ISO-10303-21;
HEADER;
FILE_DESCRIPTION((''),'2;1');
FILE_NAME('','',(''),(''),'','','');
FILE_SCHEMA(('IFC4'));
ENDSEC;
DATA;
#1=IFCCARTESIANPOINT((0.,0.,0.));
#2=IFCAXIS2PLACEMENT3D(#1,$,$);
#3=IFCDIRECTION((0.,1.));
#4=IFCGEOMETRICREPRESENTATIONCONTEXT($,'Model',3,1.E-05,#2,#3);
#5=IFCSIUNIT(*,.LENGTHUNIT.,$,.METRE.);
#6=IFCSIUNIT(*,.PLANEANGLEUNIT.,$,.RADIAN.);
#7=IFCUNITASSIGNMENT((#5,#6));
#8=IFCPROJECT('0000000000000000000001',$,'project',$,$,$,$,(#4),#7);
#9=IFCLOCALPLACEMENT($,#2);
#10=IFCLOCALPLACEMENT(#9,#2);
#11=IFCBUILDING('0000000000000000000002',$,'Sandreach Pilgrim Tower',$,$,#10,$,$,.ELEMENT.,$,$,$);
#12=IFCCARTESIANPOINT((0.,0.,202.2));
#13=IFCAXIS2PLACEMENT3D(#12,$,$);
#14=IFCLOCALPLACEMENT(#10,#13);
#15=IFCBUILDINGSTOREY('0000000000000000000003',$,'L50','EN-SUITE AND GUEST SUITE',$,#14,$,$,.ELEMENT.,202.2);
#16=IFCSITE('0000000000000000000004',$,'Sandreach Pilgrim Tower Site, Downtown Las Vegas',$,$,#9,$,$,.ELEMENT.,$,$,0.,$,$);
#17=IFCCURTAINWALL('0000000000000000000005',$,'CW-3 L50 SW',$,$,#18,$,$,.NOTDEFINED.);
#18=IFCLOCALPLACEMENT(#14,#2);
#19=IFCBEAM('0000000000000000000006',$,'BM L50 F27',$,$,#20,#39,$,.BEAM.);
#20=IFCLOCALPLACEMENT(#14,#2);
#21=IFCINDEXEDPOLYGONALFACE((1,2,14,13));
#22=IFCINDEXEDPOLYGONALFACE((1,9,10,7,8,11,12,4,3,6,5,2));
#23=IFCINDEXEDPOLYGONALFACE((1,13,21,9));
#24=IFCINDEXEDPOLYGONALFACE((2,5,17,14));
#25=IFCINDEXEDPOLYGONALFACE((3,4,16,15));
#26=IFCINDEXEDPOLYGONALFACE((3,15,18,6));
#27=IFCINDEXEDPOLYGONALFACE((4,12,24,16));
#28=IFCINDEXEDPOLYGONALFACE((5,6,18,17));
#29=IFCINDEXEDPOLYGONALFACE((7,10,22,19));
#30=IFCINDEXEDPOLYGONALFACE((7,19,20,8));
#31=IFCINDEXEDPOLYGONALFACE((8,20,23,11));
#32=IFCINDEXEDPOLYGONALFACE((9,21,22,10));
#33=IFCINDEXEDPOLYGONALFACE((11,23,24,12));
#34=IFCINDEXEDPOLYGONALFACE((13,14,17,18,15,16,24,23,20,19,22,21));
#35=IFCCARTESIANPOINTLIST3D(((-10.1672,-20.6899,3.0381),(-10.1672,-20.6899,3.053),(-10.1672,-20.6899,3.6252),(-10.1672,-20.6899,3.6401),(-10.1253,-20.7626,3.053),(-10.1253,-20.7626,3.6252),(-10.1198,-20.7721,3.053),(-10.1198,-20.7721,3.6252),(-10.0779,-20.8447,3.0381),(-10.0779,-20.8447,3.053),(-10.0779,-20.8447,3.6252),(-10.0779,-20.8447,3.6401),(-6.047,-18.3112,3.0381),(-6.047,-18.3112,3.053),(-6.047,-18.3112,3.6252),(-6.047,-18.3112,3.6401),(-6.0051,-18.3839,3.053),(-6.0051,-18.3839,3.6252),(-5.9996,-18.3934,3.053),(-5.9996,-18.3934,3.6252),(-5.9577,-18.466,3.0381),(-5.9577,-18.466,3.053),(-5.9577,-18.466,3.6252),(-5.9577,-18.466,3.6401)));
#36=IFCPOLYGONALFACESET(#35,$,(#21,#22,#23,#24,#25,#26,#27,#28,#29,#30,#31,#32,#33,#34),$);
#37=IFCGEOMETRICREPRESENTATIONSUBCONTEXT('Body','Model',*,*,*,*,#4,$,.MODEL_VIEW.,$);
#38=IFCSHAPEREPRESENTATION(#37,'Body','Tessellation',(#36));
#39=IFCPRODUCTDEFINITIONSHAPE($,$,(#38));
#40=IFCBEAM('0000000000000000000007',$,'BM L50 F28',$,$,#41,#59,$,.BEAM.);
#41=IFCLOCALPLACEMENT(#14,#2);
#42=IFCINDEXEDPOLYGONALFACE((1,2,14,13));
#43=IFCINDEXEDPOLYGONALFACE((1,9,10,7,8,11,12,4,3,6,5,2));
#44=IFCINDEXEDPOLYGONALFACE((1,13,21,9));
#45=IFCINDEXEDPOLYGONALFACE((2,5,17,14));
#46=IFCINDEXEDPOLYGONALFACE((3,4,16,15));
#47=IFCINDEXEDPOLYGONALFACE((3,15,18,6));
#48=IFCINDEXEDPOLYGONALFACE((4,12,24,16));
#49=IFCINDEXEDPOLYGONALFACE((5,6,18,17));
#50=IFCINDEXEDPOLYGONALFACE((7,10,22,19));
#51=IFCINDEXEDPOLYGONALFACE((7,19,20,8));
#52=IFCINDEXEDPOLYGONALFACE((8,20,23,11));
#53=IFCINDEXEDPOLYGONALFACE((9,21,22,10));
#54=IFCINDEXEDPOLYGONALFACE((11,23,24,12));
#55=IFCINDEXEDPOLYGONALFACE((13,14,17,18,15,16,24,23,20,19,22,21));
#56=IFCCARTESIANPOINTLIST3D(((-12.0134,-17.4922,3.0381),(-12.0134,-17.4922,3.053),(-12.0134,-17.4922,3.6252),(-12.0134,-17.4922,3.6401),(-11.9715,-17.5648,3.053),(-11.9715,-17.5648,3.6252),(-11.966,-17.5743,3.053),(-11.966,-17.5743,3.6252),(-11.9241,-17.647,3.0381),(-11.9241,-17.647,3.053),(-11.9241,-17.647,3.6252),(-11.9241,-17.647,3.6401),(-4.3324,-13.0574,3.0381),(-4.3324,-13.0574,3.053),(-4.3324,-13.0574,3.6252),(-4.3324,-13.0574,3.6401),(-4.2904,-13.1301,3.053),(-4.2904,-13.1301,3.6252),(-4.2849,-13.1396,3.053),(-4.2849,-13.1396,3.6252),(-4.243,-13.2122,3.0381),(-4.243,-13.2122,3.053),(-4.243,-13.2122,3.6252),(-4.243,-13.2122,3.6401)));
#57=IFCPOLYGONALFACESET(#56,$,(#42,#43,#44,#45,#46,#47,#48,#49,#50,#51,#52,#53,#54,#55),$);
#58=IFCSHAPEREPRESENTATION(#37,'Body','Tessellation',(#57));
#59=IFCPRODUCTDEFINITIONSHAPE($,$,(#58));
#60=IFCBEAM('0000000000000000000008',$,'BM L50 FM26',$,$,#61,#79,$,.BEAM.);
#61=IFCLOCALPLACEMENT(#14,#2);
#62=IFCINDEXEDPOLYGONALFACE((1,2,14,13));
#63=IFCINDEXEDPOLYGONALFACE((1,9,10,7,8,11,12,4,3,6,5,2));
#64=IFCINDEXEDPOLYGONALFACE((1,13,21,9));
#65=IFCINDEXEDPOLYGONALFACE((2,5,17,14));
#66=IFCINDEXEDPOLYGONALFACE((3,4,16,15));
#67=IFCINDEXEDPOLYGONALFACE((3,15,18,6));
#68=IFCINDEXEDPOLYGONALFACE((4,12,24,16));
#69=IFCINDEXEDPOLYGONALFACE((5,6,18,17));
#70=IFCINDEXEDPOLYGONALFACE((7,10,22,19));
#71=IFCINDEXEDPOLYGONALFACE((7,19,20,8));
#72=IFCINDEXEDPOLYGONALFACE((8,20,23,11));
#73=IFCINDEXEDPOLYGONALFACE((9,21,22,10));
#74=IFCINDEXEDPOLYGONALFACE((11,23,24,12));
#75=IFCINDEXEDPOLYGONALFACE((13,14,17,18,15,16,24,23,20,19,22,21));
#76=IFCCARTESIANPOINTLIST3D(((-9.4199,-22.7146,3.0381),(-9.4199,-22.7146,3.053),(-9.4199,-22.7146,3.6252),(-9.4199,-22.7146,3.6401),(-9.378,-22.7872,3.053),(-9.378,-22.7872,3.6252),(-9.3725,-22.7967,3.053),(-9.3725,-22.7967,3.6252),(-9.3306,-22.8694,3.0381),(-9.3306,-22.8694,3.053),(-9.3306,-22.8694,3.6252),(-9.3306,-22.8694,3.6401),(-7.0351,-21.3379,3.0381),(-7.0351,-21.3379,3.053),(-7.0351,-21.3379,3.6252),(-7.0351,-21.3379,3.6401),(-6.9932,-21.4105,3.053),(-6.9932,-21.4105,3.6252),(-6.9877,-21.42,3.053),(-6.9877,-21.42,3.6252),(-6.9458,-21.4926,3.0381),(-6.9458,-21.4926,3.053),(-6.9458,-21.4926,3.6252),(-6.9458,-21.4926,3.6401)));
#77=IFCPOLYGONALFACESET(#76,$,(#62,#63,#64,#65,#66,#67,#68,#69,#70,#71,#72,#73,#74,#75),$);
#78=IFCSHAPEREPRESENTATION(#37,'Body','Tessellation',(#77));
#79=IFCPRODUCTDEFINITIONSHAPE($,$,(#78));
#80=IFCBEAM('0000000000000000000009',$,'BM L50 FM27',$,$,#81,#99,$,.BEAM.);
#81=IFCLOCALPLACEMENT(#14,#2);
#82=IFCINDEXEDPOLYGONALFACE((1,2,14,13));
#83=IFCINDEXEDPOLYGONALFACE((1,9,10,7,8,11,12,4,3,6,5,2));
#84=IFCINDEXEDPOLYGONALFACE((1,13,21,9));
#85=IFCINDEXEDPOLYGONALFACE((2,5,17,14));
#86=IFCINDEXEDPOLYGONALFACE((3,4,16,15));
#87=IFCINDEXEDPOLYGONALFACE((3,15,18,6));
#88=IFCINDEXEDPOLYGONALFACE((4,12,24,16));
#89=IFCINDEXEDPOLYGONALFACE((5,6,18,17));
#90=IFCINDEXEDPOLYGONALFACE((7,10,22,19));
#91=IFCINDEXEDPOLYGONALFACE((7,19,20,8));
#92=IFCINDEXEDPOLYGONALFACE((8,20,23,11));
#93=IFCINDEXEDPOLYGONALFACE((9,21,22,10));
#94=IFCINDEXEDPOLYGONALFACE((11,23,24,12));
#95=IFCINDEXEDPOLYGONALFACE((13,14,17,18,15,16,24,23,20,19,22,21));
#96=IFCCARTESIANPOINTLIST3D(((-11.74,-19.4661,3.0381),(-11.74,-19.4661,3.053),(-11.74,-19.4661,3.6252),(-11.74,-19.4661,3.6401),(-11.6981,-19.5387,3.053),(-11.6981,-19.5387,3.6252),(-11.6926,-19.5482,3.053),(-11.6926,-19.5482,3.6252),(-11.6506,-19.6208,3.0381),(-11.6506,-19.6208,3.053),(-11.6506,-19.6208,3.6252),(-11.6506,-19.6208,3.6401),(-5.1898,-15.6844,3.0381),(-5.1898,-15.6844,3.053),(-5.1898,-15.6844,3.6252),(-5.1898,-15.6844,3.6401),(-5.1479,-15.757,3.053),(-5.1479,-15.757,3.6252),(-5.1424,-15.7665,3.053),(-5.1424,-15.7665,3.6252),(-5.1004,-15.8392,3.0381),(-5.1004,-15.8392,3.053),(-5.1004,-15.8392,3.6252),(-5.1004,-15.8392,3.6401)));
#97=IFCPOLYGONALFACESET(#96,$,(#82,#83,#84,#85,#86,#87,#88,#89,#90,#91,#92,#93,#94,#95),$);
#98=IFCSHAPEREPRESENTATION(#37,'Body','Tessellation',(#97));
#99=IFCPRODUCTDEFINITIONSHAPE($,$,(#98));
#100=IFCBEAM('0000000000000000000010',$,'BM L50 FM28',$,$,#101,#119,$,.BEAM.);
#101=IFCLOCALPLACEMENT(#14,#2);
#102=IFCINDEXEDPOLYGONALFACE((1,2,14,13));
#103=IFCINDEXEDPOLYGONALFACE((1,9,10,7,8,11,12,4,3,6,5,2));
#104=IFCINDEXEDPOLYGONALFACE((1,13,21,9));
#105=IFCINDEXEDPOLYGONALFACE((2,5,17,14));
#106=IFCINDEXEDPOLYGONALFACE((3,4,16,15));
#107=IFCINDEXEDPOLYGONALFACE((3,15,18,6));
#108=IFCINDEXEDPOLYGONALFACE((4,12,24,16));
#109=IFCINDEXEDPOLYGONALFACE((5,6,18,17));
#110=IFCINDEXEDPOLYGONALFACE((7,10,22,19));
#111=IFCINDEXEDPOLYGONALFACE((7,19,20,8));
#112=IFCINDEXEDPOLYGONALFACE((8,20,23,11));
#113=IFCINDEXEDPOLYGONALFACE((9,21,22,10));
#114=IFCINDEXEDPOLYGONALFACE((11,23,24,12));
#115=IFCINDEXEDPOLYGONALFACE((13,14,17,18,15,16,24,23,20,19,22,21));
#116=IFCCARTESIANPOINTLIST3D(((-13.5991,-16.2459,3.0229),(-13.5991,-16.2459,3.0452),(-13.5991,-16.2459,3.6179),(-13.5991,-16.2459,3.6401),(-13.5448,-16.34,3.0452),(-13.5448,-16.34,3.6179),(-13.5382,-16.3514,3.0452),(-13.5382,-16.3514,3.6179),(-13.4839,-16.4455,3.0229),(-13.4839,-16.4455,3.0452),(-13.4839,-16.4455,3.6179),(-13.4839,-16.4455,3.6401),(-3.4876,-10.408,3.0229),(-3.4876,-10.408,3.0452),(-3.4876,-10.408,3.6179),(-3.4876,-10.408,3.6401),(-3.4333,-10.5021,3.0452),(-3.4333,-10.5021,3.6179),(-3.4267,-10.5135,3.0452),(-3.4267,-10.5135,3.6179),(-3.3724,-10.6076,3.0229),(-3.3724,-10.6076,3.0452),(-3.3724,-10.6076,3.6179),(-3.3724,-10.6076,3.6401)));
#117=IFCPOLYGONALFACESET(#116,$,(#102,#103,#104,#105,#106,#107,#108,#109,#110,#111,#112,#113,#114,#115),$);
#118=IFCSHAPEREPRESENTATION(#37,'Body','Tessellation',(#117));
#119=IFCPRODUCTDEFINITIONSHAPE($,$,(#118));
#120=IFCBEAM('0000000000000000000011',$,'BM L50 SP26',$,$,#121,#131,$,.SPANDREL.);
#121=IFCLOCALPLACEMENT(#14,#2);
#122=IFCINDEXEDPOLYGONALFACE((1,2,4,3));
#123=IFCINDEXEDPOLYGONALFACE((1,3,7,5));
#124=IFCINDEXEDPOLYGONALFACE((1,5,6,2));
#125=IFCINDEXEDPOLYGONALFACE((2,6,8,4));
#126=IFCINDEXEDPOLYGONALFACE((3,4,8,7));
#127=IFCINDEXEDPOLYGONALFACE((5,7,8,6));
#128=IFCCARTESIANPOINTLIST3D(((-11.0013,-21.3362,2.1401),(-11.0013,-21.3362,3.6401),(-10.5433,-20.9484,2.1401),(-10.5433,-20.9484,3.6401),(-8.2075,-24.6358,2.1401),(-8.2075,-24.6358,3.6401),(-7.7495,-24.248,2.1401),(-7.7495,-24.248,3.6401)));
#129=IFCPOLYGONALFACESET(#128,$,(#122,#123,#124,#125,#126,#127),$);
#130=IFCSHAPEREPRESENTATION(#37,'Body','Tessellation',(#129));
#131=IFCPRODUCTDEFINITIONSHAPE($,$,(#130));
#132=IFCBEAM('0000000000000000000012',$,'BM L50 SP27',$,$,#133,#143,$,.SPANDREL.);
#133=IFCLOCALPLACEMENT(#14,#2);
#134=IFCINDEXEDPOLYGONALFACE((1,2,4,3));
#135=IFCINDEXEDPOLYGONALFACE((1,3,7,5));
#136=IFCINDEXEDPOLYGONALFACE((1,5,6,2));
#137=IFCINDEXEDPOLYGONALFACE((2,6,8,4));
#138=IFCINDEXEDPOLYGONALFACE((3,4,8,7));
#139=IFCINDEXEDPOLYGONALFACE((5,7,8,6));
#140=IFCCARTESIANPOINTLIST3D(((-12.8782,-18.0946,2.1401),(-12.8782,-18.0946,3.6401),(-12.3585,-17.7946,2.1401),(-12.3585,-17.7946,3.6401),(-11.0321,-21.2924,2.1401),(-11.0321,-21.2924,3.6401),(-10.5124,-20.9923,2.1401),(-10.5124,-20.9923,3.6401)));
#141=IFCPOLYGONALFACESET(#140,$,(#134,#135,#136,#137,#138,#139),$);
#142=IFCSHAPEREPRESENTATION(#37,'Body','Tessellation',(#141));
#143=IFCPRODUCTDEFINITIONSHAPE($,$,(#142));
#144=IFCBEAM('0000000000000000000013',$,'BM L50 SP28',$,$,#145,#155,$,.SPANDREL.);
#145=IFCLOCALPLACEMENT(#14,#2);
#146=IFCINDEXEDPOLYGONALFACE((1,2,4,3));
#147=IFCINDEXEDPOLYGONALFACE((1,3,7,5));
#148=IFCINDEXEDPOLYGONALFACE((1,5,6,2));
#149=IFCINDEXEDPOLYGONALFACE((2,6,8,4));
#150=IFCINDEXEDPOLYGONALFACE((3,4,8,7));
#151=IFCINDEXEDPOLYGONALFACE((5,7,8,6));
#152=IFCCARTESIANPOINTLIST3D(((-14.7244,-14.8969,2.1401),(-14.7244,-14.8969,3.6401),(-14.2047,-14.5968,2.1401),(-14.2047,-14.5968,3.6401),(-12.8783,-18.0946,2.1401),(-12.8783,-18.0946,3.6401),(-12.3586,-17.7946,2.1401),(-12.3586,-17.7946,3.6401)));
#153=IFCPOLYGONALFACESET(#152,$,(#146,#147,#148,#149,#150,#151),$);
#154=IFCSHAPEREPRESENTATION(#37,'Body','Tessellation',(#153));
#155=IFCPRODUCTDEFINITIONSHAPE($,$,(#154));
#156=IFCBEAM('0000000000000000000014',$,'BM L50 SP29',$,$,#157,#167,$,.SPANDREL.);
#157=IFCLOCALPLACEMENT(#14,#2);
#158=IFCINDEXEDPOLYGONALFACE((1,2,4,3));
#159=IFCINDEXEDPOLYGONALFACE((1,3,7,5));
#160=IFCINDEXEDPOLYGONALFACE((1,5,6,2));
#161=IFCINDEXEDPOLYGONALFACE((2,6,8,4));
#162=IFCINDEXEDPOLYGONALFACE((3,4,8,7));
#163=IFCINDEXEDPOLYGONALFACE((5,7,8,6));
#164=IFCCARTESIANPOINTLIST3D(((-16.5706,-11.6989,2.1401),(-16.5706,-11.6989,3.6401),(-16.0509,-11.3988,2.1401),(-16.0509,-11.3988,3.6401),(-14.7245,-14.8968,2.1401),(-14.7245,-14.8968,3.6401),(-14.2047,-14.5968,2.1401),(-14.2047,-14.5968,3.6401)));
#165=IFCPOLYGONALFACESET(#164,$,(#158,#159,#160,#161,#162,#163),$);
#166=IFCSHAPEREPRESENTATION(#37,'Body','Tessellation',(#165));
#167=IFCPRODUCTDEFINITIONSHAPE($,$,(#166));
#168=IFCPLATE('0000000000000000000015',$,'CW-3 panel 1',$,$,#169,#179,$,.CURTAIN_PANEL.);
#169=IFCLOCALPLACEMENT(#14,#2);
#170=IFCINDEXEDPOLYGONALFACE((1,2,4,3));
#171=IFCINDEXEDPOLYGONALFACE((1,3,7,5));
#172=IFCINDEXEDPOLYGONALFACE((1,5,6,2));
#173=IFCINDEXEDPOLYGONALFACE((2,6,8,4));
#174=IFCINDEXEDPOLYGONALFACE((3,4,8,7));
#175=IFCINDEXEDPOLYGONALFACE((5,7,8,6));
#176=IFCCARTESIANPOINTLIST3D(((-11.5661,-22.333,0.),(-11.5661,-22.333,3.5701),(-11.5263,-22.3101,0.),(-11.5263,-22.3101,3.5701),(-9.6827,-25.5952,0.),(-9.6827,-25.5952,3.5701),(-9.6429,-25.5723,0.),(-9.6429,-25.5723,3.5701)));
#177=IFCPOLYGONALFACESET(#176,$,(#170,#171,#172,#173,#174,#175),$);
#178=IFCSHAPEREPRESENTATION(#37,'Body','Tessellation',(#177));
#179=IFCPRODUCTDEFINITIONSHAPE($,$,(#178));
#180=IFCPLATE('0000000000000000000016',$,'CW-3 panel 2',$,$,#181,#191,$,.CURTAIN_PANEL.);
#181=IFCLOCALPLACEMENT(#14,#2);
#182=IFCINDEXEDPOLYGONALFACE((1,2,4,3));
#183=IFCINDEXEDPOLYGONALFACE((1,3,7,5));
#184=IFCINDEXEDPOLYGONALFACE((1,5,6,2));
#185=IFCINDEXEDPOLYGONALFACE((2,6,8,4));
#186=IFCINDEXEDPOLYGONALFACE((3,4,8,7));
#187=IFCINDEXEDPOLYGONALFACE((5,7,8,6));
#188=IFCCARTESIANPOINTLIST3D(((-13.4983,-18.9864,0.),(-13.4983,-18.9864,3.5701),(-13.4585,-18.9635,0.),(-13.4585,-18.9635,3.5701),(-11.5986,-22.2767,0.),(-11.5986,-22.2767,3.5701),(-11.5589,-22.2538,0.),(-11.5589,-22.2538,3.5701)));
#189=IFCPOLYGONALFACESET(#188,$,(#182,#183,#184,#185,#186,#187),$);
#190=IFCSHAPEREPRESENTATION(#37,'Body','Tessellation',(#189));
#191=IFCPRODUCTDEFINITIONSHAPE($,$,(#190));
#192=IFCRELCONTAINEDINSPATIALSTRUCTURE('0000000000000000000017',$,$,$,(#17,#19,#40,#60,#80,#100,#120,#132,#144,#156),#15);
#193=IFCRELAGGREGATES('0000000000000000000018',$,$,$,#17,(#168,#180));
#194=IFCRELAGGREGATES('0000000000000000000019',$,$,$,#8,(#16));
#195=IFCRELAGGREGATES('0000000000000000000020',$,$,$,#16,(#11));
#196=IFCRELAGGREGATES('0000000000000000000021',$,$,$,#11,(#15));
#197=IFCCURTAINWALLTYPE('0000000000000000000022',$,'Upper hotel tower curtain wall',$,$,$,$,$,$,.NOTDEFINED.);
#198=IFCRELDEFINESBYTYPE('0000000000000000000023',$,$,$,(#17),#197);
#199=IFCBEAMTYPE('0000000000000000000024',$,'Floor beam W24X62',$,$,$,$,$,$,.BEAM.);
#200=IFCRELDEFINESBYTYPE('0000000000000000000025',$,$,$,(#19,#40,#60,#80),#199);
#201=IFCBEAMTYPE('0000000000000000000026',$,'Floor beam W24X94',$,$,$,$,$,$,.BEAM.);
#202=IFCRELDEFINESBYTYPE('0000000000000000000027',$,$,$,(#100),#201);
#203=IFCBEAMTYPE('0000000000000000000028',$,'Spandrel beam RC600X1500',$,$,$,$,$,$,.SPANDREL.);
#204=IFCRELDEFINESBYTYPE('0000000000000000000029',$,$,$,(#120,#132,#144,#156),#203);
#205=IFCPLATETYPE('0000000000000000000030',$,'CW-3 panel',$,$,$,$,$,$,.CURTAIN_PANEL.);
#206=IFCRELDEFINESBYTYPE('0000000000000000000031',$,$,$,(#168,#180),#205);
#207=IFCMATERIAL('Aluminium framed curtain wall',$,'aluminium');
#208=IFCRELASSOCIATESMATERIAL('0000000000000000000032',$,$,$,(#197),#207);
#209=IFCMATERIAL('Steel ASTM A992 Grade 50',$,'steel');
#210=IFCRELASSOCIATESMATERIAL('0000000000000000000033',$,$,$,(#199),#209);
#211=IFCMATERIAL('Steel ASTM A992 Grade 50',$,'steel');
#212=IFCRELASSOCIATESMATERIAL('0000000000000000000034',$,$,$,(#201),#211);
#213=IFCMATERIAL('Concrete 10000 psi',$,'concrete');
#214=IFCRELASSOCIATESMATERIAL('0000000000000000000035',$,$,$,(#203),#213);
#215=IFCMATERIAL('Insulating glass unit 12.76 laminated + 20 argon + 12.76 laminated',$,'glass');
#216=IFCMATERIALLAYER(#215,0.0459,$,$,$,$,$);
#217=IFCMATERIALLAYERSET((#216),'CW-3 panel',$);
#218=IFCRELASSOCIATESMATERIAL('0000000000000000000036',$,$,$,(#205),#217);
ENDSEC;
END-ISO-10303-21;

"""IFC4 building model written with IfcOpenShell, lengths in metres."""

from ifc_helpers import new_model, si_unit, direction, frame, origin, origin_2d, place, context, subcontext, project, spatial, rectangle, i_section, extrude, material, layer, layer_set, material_profile, profile_set, type_object, element, aggregate, save


model = new_model("IFC4")

# Units and contexts
model_context = context("Model", 3, precision=1e-05, world=origin(), true_north=direction((0.0, 1.0)))
body_context = subcontext(model_context, "Body", "Model", "MODEL_VIEW")
ifc_project = project(units=[si_unit("LENGTHUNIT", "METRE"), si_unit("PLANEANGLEUNIT", "RADIAN")], contexts=[model_context])

# Site, building, storey
site_placement = place(None, origin())
site = spatial("IfcSite", under=ifc_project, at=site_placement, Name="Sandreach Pilgrim Tower Site, Downtown Las Vegas", CompositionType="ELEMENT", RefElevation=0.0)
building_placement = place(site_placement, origin())
building = spatial("IfcBuilding", under=site, at=building_placement, Name="Sandreach Pilgrim Tower", CompositionType="ELEMENT")
storey_placement = place(building_placement, frame((0.0, 0.0, 202.2)))
storey = spatial("IfcBuildingStorey", under=building, at=storey_placement, Name="L50", Description="EN-SUITE AND GUEST SUITE", CompositionType="ELEMENT", Elevation=202.2)

# Shared definitions
ifc_material_1 = material(Name="Aluminium framed curtain wall", Category="aluminium")
curtain_wall_type = type_object("IfcCurtainWallType", Name="Upper hotel tower curtain wall", PredefinedType="NOTDEFINED", material=ifc_material_1)

# Curtain wall
curtain_wall_1_placement = place(storey_placement, origin())
curtain_wall_1 = element("IfcCurtainWall", 1, at=curtain_wall_1_placement, inside=storey, type_object=curtain_wall_type, Name="CW-3 L50 SW", PredefinedType="NOTDEFINED")

# Beams
ifc_material_2 = material(Name="Steel ASTM A992 Grade 50", Category="steel")
ifc_material_profile_1 = material_profile(ifc_material_2, i_section(OverallWidth=0.1787, OverallDepth=0.6021, WebThickness=0.011, FlangeThickness=0.0149, at=origin_2d()), Name="W24X62")
ifc_profile_set_1 = profile_set([ifc_material_profile_1], Name="Steel ASTM A992 Grade 50")
beam_type_1 = type_object("IfcBeamType", Name="Floor beam W24X62", PredefinedType="BEAM", material=ifc_profile_set_1)
beam_1_placement = place(storey_placement, frame((-10.1226, -20.7673, 3.3391), z_axis=(0.866033, 0.499986, 0.0), x_axis=(-0.499986, 0.866033, 0.0)))
element("IfcBeam", 2, at=beam_1_placement, inside=storey, type_object=beam_type_1, Name="BM L50 F27", PredefinedType="BEAM", context=body_context, shape_type="SweptSolid", body=[
    extrude(i_section(OverallWidth=0.1787, OverallDepth=0.6021, WebThickness=0.011, FlangeThickness=0.0149, at=origin_2d()), origin(), (0.0, 0.0, 1.0), 4.7576),
])
beam_2_placement = place(storey_placement, frame((-11.9688, -17.5696, 3.3391), z_axis=(0.866021, 0.500008, 0.0), x_axis=(-0.500008, 0.866021, 0.0)))
element("IfcBeam", 3, at=beam_2_placement, inside=storey, type_object=beam_type_1, Name="BM L50 F28", PredefinedType="BEAM", context=body_context, shape_type="SweptSolid", body=[
    extrude(i_section(OverallWidth=0.1787, OverallDepth=0.6021, WebThickness=0.011, FlangeThickness=0.0149, at=origin_2d()), origin(), (0.0, 0.0, 1.0), 8.8694),
])
beam_3_placement = place(storey_placement, frame((-9.3752, -22.792, 3.3391), z_axis=(0.866047, 0.499963, 0.0), x_axis=(-0.499963, 0.866047, 0.0)))
element("IfcBeam", 4, at=beam_3_placement, inside=storey, type_object=beam_type_1, Name="BM L50 FM26", PredefinedType="BEAM", context=body_context, shape_type="SweptSolid", body=[
    extrude(i_section(OverallWidth=0.1787, OverallDepth=0.6021, WebThickness=0.011, FlangeThickness=0.0149, at=origin_2d()), origin(), (0.0, 0.0, 1.0), 2.7537),
])
beam_4_placement = place(storey_placement, frame((-11.6953, -19.5435, 3.3391), z_axis=(0.86603, 0.499993, 0.0), x_axis=(-0.499993, 0.86603, 0.0)))
element("IfcBeam", 5, at=beam_4_placement, inside=storey, type_object=beam_type_1, Name="BM L50 FM27", PredefinedType="BEAM", context=body_context, shape_type="SweptSolid", body=[
    extrude(i_section(OverallWidth=0.1787, OverallDepth=0.6021, WebThickness=0.011, FlangeThickness=0.0149, at=origin_2d()), origin(), (0.0, 0.0, 1.0), 7.5635),
])
ifc_material_3 = material(Name="Steel ASTM A992 Grade 50", Category="steel")
ifc_material_profile_2 = material_profile(ifc_material_3, i_section(OverallWidth=0.2305, OverallDepth=0.6172, WebThickness=0.0132, FlangeThickness=0.0222, at=origin_2d()), Name="W24X94")
ifc_profile_set_2 = profile_set([ifc_material_profile_2], Name="Steel ASTM A992 Grade 50")
beam_type_2 = type_object("IfcBeamType", Name="Floor beam W24X94", PredefinedType="BEAM", material=ifc_profile_set_2)
beam_5_placement = place(storey_placement, frame((-13.5415, -16.3457, 3.3315), z_axis=(0.866026, 0.499998, 0.0), x_axis=(-0.499998, 0.866026, 0.0)))
element("IfcBeam", 6, at=beam_5_placement, inside=storey, type_object=beam_type_2, Name="BM L50 FM28", PredefinedType="BEAM", context=body_context, shape_type="SweptSolid", body=[
    extrude(i_section(OverallWidth=0.2305, OverallDepth=0.6172, WebThickness=0.0132, FlangeThickness=0.0222, at=origin_2d()), origin(), (0.0, 0.0, 1.0), 11.6758),
])
ifc_material_4 = material(Name="Concrete 10000 psi", Category="concrete")
ifc_material_profile_3 = material_profile(ifc_material_4, rectangle(XDim=0.6001, YDim=1.5, at=origin_2d()), Name="RC600X1500")
ifc_profile_set_3 = profile_set([ifc_material_profile_3], Name="Concrete 10000 psi")
beam_type_3 = type_object("IfcBeamType", Name="Spandrel beam RC600X1500", PredefinedType="SPANDREL", material=ifc_profile_set_3)
beam_6_placement = place(storey_placement, frame((-7.9785, -24.4419, 2.8901), z_axis=(-0.64618, 0.763185, 0.0), x_axis=(-0.763185, -0.64618, 0.0)))
element("IfcBeam", 7, at=beam_6_placement, inside=storey, type_object=beam_type_3, Name="BM L50 SP26", PredefinedType="SPANDREL", context=body_context, shape_type="SweptSolid", body=[
    extrude(rectangle(XDim=0.6001, YDim=1.5, at=origin_2d()), origin(), (0.0, 0.0, 1.0), 4.3235),
])
for number, where, z_axis, x_axis, name in (
    (8, (-10.7722, -21.1423, 2.8901), (-0.499993, 0.866029, 0.0), (-0.866029, -0.499993, 0.0), "BM L50 SP27"),
    (9, (-12.6184, -17.9446, 2.8901), (-0.499993, 0.866029, 0.0), (-0.866029, -0.499993, 0.0), "BM L50 SP28"),
):
    element("IfcBeam", number, at=place(storey_placement, frame(where, z_axis=z_axis, x_axis=x_axis)), inside=storey, type_object=beam_type_3, Name=name, PredefinedType="SPANDREL", context=body_context, shape_type="SweptSolid", body=[
        extrude(rectangle(XDim=0.6001, YDim=1.5, at=origin_2d()), origin(), (0.0, 0.0, 1.0), 3.6924),
    ])
beam_7_placement = place(storey_placement, frame((-14.4646, -14.7468, 2.8901), z_axis=(-0.499965, 0.866046, 0.0), x_axis=(-0.866046, -0.499965, 0.0)))
element("IfcBeam", 10, at=beam_7_placement, inside=storey, type_object=beam_type_3, Name="BM L50 SP29", PredefinedType="SPANDREL", context=body_context, shape_type="SweptSolid", body=[
    extrude(rectangle(XDim=0.6001, YDim=1.5, at=origin_2d()), origin(), (0.0, 0.0, 1.0), 3.6926),
])

# Plates
ifc_material_5 = material(Name="Insulating glass unit 12.76 laminated + 20 argon + 12.76 laminated", Category="glass")
ifc_layer_1 = layer(ifc_material_5, 0.0459)
ifc_layer_set_1 = layer_set([ifc_layer_1], Name="CW-3 panel")
plate_type = type_object("IfcPlateType", Name="CW-3 panel", PredefinedType="CURTAIN_PANEL", material=ifc_layer_set_1)
plate_1_placement = place(storey_placement, frame((-10.6045, -23.9526, 0.0), z_axis=(0.0, 0.0, 1.0), x_axis=(-0.5, 0.866025, 0.0)))
plate_1 = element("IfcPlate", 11, at=plate_1_placement, type_object=plate_type, Name="CW-3 panel 1", PredefinedType="CURTAIN_PANEL", context=body_context, shape_type="SweptSolid", body=[
    extrude(rectangle(XDim=3.7668, YDim=0.0459, at=origin_2d()), origin(), (0.0, 0.0, 1.0), 3.5701),
])
plate_2_placement = place(storey_placement, frame((-12.5286, -20.6201, 0.0), z_axis=(0.0, 0.0, 1.0), x_axis=(-0.5, 0.866025, 0.0)))
plate_2 = element("IfcPlate", 12, at=plate_2_placement, type_object=plate_type, Name="CW-3 panel 2", PredefinedType="CURTAIN_PANEL", context=body_context, shape_type="SweptSolid", body=[
    extrude(rectangle(XDim=3.7993, YDim=0.0459, at=origin_2d()), origin(), (0.0, 0.0, 1.0), 3.5701),
])
aggregate(curtain_wall_1, [plate_1, plate_2])

save(model, "model.ifc")
